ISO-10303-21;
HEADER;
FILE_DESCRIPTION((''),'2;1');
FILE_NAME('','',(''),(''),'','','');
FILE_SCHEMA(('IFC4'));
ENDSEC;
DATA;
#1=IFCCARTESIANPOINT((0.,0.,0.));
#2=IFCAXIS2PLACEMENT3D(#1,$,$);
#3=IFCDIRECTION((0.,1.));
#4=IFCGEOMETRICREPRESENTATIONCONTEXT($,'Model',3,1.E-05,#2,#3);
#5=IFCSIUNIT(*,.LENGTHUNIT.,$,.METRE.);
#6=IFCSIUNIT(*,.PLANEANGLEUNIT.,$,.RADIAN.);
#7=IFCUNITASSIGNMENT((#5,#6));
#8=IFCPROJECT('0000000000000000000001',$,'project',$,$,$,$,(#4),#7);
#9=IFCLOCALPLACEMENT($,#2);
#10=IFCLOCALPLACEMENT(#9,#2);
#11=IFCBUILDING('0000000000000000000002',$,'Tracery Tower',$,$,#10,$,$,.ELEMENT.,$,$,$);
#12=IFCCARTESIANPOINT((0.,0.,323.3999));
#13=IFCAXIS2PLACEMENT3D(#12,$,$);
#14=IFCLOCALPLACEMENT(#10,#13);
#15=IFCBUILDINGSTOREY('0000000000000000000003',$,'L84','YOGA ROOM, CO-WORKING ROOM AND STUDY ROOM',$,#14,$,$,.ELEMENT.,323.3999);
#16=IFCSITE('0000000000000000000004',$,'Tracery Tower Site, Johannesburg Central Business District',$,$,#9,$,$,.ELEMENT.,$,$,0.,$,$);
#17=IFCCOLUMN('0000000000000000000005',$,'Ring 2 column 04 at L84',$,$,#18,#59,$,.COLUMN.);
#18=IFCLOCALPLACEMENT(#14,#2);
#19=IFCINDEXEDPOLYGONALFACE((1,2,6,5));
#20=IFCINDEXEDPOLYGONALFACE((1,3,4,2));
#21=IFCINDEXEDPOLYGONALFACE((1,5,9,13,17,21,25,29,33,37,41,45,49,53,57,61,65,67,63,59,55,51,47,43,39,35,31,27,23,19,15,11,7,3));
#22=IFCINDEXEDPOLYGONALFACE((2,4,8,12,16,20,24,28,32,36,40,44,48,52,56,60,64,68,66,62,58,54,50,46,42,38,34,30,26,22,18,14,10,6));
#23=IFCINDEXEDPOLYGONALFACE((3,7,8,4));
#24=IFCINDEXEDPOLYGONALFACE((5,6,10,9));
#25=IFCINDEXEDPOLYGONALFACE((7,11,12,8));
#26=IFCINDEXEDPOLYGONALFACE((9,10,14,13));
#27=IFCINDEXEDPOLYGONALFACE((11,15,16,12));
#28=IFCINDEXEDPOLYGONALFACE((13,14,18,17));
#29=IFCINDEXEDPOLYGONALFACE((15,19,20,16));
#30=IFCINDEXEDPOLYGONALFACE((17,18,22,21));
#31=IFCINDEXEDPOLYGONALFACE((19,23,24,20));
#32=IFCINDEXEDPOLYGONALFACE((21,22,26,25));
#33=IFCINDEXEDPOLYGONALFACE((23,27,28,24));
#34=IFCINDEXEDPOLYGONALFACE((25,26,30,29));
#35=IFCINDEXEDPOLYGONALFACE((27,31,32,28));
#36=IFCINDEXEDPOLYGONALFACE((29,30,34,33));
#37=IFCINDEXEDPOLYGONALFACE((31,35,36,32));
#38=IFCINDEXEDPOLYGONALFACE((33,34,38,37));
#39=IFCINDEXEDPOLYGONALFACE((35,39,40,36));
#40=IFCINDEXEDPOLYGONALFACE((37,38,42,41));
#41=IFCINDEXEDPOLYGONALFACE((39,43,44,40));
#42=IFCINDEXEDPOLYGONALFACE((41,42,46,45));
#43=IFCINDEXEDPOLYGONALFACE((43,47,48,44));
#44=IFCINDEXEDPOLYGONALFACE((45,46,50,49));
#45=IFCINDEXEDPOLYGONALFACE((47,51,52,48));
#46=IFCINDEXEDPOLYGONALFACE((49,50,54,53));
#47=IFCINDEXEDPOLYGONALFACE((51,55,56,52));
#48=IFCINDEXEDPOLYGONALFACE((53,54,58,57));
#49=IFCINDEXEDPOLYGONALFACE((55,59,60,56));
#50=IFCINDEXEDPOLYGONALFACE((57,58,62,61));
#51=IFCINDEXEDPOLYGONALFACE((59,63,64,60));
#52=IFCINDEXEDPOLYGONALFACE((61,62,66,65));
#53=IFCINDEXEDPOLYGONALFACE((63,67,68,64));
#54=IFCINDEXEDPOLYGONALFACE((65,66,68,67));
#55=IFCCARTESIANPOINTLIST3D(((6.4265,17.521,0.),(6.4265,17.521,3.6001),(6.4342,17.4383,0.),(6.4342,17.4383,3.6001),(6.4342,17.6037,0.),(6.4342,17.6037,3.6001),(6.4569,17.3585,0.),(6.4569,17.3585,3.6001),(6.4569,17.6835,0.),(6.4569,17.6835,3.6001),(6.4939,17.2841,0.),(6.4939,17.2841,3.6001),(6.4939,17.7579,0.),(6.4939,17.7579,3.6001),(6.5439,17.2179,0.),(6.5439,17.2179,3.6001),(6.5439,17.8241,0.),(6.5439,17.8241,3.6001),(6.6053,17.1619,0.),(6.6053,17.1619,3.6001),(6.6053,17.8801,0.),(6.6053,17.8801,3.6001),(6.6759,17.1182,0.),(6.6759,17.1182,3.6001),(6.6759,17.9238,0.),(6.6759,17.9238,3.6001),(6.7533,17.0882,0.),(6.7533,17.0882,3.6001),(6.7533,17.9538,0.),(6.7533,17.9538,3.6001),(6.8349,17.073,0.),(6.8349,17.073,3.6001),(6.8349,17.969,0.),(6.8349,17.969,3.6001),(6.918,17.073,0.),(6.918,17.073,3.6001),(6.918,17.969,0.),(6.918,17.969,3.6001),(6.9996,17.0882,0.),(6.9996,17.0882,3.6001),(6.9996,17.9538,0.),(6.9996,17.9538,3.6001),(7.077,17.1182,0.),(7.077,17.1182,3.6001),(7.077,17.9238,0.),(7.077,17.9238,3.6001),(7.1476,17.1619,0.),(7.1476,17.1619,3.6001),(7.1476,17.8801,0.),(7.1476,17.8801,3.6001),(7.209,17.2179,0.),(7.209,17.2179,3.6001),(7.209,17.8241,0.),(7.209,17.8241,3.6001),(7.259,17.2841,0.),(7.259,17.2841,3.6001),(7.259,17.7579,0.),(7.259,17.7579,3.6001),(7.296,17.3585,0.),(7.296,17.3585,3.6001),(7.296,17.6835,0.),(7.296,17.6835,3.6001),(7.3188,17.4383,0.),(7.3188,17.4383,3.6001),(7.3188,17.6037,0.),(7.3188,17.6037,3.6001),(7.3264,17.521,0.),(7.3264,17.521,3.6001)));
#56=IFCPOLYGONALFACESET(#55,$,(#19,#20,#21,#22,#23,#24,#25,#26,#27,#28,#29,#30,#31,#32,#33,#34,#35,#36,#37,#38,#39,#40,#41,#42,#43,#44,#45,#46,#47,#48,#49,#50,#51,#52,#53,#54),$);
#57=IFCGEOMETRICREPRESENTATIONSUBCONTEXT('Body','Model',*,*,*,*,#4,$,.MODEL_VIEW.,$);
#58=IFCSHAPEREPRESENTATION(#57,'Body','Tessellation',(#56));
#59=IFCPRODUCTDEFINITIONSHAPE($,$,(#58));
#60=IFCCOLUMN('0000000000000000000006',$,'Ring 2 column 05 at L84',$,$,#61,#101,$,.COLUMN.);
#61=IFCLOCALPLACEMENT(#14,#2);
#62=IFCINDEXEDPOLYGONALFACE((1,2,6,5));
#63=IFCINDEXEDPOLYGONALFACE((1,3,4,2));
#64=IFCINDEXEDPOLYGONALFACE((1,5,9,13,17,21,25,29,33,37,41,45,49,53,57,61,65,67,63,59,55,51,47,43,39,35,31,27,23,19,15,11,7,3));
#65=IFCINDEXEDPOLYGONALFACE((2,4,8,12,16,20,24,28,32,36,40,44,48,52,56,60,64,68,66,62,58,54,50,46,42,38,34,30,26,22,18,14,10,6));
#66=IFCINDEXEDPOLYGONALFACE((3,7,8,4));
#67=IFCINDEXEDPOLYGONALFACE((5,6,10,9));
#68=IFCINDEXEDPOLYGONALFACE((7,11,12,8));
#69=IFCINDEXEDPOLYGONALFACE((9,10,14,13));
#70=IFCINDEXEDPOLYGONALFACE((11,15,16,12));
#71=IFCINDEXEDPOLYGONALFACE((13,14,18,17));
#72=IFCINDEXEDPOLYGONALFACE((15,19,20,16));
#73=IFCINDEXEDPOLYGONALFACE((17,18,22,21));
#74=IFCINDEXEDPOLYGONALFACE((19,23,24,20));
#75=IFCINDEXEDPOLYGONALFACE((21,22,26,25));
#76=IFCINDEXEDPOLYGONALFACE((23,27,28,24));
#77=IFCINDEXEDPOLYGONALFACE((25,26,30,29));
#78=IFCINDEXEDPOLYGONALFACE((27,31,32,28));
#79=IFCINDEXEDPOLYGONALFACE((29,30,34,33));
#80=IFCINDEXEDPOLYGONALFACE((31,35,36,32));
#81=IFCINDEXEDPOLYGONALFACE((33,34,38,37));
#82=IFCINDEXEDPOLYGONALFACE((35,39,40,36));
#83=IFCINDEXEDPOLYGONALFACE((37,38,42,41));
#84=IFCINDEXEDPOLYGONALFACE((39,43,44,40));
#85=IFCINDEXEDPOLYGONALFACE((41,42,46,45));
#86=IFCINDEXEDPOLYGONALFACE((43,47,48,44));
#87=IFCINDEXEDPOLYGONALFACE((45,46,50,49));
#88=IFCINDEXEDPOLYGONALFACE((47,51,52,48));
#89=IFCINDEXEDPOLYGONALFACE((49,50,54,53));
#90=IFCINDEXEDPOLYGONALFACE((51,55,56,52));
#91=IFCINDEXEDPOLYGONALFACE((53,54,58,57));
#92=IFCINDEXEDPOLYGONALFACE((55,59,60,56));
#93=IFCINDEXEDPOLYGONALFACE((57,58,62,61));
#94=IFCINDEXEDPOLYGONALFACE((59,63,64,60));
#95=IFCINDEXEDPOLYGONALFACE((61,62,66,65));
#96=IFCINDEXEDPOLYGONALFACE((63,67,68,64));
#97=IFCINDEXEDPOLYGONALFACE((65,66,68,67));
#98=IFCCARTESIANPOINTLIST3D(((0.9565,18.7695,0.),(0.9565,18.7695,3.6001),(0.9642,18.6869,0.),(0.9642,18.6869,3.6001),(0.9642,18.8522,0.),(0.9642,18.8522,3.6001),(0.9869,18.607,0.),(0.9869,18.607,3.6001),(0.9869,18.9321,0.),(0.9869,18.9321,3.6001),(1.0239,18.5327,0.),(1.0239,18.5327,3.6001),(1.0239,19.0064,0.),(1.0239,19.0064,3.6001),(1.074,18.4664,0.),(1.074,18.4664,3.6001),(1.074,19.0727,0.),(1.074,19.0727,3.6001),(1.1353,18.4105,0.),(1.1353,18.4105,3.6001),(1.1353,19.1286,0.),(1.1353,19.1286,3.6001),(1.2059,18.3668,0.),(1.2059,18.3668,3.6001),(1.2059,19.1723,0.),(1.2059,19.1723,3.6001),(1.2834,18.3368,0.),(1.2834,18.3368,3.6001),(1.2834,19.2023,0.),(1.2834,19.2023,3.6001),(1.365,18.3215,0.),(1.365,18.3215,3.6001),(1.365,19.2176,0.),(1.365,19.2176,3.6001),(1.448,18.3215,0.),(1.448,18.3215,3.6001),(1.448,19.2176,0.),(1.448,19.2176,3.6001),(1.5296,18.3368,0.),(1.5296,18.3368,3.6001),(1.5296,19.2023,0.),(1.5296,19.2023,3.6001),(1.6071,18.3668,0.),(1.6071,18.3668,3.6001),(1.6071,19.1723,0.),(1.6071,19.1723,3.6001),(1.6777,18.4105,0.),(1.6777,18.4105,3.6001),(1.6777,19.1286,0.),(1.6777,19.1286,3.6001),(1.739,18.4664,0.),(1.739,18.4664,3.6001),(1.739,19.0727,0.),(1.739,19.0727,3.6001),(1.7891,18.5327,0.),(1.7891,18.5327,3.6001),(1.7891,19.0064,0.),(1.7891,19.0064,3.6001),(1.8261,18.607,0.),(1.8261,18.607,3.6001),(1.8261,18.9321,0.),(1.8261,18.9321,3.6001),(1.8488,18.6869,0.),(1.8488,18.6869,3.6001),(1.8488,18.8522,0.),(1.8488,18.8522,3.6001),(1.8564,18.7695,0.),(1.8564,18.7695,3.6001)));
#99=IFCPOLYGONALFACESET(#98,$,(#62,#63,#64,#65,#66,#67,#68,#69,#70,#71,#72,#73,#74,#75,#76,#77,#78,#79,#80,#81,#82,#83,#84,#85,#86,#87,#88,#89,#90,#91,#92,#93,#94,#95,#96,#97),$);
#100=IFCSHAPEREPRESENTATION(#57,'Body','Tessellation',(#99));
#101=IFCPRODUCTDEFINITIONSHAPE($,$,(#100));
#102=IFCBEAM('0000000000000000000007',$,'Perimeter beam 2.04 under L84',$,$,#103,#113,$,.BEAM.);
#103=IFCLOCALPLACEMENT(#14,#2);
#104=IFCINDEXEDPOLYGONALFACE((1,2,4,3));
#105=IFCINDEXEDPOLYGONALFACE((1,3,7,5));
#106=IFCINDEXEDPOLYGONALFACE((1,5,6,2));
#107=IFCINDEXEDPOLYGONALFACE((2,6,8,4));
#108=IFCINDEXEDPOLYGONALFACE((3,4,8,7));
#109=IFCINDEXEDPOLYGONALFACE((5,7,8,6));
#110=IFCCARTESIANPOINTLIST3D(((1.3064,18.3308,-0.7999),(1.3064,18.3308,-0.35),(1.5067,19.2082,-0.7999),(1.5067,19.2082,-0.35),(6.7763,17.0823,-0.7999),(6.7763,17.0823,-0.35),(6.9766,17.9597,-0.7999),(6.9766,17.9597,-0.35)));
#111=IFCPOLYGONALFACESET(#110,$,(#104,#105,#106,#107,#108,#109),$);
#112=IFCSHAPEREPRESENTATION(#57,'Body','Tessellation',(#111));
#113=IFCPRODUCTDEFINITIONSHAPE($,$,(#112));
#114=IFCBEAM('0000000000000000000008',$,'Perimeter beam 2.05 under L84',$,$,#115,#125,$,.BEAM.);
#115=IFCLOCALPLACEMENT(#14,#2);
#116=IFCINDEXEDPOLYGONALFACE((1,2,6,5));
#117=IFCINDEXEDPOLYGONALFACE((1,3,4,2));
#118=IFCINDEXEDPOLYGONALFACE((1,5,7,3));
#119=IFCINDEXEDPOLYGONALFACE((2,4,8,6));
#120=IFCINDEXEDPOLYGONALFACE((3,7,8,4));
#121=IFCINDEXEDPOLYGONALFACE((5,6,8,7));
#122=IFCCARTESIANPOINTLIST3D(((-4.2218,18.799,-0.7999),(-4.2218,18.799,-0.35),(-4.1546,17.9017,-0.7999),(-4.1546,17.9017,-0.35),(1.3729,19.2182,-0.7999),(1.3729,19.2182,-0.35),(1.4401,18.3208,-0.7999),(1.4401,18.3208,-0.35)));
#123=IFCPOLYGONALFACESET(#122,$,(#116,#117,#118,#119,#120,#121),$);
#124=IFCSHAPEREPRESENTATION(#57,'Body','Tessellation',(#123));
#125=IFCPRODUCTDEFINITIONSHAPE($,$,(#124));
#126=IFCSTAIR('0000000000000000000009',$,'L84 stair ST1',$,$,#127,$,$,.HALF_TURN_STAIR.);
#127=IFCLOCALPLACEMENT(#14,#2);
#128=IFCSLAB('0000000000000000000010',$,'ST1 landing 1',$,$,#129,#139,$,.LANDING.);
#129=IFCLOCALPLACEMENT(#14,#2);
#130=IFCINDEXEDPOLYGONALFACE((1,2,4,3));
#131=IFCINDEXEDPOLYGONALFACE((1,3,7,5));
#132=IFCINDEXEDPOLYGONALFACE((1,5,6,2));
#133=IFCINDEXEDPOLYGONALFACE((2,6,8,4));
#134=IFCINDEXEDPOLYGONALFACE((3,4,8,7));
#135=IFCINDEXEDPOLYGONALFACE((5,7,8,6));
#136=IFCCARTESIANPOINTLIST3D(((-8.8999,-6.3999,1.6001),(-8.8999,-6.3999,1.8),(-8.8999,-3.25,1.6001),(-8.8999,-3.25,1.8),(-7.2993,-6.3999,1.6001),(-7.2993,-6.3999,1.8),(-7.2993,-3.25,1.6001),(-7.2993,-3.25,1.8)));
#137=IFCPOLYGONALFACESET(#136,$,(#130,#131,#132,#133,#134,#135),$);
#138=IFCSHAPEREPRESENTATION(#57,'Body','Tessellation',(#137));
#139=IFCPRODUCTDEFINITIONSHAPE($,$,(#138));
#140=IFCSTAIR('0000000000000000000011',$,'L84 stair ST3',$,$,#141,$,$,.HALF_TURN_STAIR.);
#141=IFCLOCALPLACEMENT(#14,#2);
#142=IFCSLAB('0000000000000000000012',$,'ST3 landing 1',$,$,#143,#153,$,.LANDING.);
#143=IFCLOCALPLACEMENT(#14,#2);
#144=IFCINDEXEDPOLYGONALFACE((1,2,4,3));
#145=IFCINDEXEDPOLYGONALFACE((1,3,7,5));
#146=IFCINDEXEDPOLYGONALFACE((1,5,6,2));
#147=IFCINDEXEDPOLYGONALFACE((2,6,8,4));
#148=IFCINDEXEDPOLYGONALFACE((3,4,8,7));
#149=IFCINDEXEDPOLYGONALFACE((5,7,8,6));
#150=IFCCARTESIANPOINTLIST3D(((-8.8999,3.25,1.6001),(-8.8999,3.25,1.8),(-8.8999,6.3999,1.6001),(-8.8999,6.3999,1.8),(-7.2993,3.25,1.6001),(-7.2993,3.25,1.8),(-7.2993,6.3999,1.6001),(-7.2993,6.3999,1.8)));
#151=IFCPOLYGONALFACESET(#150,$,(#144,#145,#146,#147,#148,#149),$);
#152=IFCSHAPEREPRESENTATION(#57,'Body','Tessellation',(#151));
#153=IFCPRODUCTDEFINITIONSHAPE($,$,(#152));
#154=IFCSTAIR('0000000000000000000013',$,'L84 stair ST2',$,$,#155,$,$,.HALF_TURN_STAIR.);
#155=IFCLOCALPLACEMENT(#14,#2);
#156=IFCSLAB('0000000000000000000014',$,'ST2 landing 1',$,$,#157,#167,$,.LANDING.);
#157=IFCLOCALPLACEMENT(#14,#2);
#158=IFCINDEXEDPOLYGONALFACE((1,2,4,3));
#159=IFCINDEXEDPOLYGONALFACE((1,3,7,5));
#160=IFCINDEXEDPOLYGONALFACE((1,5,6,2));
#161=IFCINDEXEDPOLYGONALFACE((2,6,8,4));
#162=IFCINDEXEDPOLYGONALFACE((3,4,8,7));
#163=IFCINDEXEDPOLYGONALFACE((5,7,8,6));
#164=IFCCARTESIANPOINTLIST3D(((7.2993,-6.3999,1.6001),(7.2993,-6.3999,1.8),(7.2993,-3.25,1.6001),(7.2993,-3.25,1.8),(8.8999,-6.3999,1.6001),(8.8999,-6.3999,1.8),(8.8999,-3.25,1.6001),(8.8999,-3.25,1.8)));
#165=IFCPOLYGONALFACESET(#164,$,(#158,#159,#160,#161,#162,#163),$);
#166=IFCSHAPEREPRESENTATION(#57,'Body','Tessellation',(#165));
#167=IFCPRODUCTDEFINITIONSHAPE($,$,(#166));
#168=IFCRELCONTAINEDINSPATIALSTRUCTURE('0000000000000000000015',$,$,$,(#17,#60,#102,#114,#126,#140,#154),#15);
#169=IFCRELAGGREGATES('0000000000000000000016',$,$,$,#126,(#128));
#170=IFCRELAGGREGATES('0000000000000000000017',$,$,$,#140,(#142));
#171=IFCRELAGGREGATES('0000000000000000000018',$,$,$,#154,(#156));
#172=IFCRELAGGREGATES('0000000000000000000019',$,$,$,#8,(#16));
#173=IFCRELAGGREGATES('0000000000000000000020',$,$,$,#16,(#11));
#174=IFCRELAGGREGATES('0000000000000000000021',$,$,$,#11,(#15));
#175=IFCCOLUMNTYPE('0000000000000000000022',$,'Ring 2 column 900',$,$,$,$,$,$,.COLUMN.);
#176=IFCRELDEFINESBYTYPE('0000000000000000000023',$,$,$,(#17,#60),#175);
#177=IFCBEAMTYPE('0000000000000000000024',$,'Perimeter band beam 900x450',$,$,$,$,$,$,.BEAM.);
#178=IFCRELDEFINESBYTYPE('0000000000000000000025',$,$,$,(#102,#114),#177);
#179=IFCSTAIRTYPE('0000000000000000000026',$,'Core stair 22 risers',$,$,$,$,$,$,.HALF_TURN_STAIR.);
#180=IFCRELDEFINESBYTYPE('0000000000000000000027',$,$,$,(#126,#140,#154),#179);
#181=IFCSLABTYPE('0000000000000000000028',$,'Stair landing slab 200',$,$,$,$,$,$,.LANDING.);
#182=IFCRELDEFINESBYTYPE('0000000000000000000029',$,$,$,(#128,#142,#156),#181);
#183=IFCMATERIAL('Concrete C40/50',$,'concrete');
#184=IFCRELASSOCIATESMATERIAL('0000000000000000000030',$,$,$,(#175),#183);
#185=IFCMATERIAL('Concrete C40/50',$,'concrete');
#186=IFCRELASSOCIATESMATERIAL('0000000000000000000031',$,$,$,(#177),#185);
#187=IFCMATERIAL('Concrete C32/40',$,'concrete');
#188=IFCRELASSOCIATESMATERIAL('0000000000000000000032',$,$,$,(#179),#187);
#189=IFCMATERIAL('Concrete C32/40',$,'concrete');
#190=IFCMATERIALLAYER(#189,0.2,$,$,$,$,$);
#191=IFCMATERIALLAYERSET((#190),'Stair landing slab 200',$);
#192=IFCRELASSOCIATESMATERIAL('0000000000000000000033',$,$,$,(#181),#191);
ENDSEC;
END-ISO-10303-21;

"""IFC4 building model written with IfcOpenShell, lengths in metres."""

from ifc_helpers import new_model, si_unit, direction, frame, origin, origin_2d, place, context, subcontext, project, spatial, polyline, rectangle, circle, outline, extrude, material, layer, layer_set, material_profile, profile_set, type_object, element, aggregate, save


model = new_model("IFC4")

# Units and contexts
model_context = context("Model", 3, precision=1e-05, world=origin(), true_north=direction((0.0, 1.0)))
body_context = subcontext(model_context, "Body", "Model", "MODEL_VIEW")
ifc_project = project(units=[si_unit("LENGTHUNIT", "METRE"), si_unit("PLANEANGLEUNIT", "RADIAN")], contexts=[model_context])

# Site, building, storey
site_placement = place(None, origin())
site = spatial("IfcSite", under=ifc_project, at=site_placement, Name="Tracery Tower Site, Johannesburg Central Business District", CompositionType="ELEMENT", RefElevation=0.0)
building_placement = place(site_placement, origin())
building = spatial("IfcBuilding", under=site, at=building_placement, Name="Tracery Tower", CompositionType="ELEMENT")
storey_placement = place(building_placement, frame((0.0, 0.0, 323.3999)))
storey = spatial("IfcBuildingStorey", under=building, at=storey_placement, Name="L84", Description="YOGA ROOM, CO-WORKING ROOM AND STUDY ROOM", CompositionType="ELEMENT", Elevation=323.3999)

# Columns
ifc_material_1 = material(Name="Concrete C40/50", Category="concrete")
ifc_material_profile_1 = material_profile(ifc_material_1, circle(Radius=0.45, at=origin_2d()), Name="RC D900")
ifc_profile_set_1 = profile_set([ifc_material_profile_1], Name="Concrete C40/50")
column_type = type_object("IfcColumnType", Name="Ring 2 column 900", PredefinedType="COLUMN", material=ifc_profile_set_1)
for number, where, z_axis, x_axis, name in (
    (1, (6.8765, 17.521, 0.0), (0.0, 0.0, 1.0), (1.0, 0.0, 0.0), "Ring 2 column 04 at L84"),
    (2, (1.4065, 18.7695, 0.0), (0.0, 0.0, 1.0), (1.0, 0.0, 0.0), "Ring 2 column 05 at L84"),
):
    element("IfcColumn", number, at=place(storey_placement, frame(where, z_axis=z_axis, x_axis=x_axis)), inside=storey, type_object=column_type, Name=name, PredefinedType="COLUMN", context=body_context, shape_type="SweptSolid", body=[
        extrude(circle(Radius=0.45, at=origin_2d()), origin(), (0.0, 0.0, 1.0), 3.6001),
    ])

# Beams
ifc_material_2 = material(Name="Concrete C40/50", Category="concrete")
ifc_material_profile_2 = material_profile(ifc_material_2, rectangle(XDim=0.8999, YDim=0.45, at=origin_2d()), Name="RC 900x450")
ifc_profile_set_2 = profile_set([ifc_material_profile_2], Name="Concrete C40/50")
beam_type = type_object("IfcBeamType", Name="Perimeter band beam 900x450", PredefinedType="BEAM", material=ifc_profile_set_2)
beam_1_placement = place(storey_placement, frame((6.8765, 17.521, -0.575), z_axis=(-0.974926, 0.222529, 0.0), x_axis=(-0.222529, -0.974926, 0.0)))
element("IfcBeam", 3, at=beam_1_placement, inside=storey, type_object=beam_type, Name="Perimeter beam 2.04 under L84", PredefinedType="BEAM", context=body_context, shape_type="SweptSolid", body=[
    extrude(rectangle(XDim=0.8999, YDim=0.45, at=origin_2d()), origin(), (0.0, 0.0, 1.0), 5.6106),
])
beam_2_placement = place(storey_placement, frame((1.4065, 18.7695, -0.575), z_axis=(-0.997205, -0.074716, 0.0), x_axis=(0.074716, -0.997205, 0.0)))
element("IfcBeam", 4, at=beam_2_placement, inside=storey, type_object=beam_type, Name="Perimeter beam 2.05 under L84", PredefinedType="BEAM", context=body_context, shape_type="SweptSolid", body=[
    extrude(rectangle(XDim=0.8999, YDim=0.45, at=origin_2d()), origin(), (0.0, 0.0, 1.0), 5.6104),
])

# Stairs, slabs
ifc_material_3 = material(Name="Concrete C32/40", Category="concrete")
stair_type = type_object("IfcStairType", Name="Core stair 22 risers", PredefinedType="HALF_TURN_STAIR", material=ifc_material_3)
stair_1_placement = place(storey_placement, origin())
stair_1 = element("IfcStair", 5, at=stair_1_placement, inside=storey, type_object=stair_type, Name="L84 stair ST1", PredefinedType="HALF_TURN_STAIR")
ifc_material_4 = material(Name="Concrete C32/40", Category="concrete")
ifc_layer_1 = layer(ifc_material_4, 0.2)
ifc_layer_set_1 = layer_set([ifc_layer_1], Name="Stair landing slab 200")
slab_type = type_object("IfcSlabType", Name="Stair landing slab 200", PredefinedType="LANDING", material=ifc_layer_set_1)
slab_1_placement = place(storey_placement, frame((0.0, 0.0, 1.6001)))
slab_1 = element("IfcSlab", 6, at=slab_1_placement, type_object=slab_type, Name="ST1 landing 1", PredefinedType="LANDING", context=body_context, shape_type="SweptSolid", body=[
    extrude(outline(polyline([(-7.2993, -3.25), (-8.8999, -3.25), (-8.8999, -6.3999), (-7.2993, -6.3999), (-7.2993, -3.25)])), origin(), (0.0, 0.0, 1.0), 0.2),
])
aggregate(stair_1, [slab_1])
stair_2_placement = place(storey_placement, origin())
stair_2 = element("IfcStair", 7, at=stair_2_placement, inside=storey, type_object=stair_type, Name="L84 stair ST3", PredefinedType="HALF_TURN_STAIR")
slab_2_placement = place(storey_placement, frame((0.0, 0.0, 1.6001)))
slab_2 = element("IfcSlab", 8, at=slab_2_placement, type_object=slab_type, Name="ST3 landing 1", PredefinedType="LANDING", context=body_context, shape_type="SweptSolid", body=[
    extrude(outline(polyline([(-7.2993, 6.3999), (-8.8999, 6.3999), (-8.8999, 3.25), (-7.2993, 3.25), (-7.2993, 6.3999)])), origin(), (0.0, 0.0, 1.0), 0.2),
])
aggregate(stair_2, [slab_2])
stair_3_placement = place(storey_placement, origin())
stair_3 = element("IfcStair", 9, at=stair_3_placement, inside=storey, type_object=stair_type, Name="L84 stair ST2", PredefinedType="HALF_TURN_STAIR")
slab_3_placement = place(storey_placement, frame((0.0, 0.0, 1.6001)))
slab_3 = element("IfcSlab", 10, at=slab_3_placement, type_object=slab_type, Name="ST2 landing 1", PredefinedType="LANDING", context=body_context, shape_type="SweptSolid", body=[
    extrude(outline(polyline([(7.2993, -6.3999), (8.8999, -6.3999), (8.8999, -3.25), (7.2993, -3.25), (7.2993, -6.3999)])), origin(), (0.0, 0.0, 1.0), 0.2),
])
aggregate(stair_3, [slab_3])

save(model, "model.ifc")
